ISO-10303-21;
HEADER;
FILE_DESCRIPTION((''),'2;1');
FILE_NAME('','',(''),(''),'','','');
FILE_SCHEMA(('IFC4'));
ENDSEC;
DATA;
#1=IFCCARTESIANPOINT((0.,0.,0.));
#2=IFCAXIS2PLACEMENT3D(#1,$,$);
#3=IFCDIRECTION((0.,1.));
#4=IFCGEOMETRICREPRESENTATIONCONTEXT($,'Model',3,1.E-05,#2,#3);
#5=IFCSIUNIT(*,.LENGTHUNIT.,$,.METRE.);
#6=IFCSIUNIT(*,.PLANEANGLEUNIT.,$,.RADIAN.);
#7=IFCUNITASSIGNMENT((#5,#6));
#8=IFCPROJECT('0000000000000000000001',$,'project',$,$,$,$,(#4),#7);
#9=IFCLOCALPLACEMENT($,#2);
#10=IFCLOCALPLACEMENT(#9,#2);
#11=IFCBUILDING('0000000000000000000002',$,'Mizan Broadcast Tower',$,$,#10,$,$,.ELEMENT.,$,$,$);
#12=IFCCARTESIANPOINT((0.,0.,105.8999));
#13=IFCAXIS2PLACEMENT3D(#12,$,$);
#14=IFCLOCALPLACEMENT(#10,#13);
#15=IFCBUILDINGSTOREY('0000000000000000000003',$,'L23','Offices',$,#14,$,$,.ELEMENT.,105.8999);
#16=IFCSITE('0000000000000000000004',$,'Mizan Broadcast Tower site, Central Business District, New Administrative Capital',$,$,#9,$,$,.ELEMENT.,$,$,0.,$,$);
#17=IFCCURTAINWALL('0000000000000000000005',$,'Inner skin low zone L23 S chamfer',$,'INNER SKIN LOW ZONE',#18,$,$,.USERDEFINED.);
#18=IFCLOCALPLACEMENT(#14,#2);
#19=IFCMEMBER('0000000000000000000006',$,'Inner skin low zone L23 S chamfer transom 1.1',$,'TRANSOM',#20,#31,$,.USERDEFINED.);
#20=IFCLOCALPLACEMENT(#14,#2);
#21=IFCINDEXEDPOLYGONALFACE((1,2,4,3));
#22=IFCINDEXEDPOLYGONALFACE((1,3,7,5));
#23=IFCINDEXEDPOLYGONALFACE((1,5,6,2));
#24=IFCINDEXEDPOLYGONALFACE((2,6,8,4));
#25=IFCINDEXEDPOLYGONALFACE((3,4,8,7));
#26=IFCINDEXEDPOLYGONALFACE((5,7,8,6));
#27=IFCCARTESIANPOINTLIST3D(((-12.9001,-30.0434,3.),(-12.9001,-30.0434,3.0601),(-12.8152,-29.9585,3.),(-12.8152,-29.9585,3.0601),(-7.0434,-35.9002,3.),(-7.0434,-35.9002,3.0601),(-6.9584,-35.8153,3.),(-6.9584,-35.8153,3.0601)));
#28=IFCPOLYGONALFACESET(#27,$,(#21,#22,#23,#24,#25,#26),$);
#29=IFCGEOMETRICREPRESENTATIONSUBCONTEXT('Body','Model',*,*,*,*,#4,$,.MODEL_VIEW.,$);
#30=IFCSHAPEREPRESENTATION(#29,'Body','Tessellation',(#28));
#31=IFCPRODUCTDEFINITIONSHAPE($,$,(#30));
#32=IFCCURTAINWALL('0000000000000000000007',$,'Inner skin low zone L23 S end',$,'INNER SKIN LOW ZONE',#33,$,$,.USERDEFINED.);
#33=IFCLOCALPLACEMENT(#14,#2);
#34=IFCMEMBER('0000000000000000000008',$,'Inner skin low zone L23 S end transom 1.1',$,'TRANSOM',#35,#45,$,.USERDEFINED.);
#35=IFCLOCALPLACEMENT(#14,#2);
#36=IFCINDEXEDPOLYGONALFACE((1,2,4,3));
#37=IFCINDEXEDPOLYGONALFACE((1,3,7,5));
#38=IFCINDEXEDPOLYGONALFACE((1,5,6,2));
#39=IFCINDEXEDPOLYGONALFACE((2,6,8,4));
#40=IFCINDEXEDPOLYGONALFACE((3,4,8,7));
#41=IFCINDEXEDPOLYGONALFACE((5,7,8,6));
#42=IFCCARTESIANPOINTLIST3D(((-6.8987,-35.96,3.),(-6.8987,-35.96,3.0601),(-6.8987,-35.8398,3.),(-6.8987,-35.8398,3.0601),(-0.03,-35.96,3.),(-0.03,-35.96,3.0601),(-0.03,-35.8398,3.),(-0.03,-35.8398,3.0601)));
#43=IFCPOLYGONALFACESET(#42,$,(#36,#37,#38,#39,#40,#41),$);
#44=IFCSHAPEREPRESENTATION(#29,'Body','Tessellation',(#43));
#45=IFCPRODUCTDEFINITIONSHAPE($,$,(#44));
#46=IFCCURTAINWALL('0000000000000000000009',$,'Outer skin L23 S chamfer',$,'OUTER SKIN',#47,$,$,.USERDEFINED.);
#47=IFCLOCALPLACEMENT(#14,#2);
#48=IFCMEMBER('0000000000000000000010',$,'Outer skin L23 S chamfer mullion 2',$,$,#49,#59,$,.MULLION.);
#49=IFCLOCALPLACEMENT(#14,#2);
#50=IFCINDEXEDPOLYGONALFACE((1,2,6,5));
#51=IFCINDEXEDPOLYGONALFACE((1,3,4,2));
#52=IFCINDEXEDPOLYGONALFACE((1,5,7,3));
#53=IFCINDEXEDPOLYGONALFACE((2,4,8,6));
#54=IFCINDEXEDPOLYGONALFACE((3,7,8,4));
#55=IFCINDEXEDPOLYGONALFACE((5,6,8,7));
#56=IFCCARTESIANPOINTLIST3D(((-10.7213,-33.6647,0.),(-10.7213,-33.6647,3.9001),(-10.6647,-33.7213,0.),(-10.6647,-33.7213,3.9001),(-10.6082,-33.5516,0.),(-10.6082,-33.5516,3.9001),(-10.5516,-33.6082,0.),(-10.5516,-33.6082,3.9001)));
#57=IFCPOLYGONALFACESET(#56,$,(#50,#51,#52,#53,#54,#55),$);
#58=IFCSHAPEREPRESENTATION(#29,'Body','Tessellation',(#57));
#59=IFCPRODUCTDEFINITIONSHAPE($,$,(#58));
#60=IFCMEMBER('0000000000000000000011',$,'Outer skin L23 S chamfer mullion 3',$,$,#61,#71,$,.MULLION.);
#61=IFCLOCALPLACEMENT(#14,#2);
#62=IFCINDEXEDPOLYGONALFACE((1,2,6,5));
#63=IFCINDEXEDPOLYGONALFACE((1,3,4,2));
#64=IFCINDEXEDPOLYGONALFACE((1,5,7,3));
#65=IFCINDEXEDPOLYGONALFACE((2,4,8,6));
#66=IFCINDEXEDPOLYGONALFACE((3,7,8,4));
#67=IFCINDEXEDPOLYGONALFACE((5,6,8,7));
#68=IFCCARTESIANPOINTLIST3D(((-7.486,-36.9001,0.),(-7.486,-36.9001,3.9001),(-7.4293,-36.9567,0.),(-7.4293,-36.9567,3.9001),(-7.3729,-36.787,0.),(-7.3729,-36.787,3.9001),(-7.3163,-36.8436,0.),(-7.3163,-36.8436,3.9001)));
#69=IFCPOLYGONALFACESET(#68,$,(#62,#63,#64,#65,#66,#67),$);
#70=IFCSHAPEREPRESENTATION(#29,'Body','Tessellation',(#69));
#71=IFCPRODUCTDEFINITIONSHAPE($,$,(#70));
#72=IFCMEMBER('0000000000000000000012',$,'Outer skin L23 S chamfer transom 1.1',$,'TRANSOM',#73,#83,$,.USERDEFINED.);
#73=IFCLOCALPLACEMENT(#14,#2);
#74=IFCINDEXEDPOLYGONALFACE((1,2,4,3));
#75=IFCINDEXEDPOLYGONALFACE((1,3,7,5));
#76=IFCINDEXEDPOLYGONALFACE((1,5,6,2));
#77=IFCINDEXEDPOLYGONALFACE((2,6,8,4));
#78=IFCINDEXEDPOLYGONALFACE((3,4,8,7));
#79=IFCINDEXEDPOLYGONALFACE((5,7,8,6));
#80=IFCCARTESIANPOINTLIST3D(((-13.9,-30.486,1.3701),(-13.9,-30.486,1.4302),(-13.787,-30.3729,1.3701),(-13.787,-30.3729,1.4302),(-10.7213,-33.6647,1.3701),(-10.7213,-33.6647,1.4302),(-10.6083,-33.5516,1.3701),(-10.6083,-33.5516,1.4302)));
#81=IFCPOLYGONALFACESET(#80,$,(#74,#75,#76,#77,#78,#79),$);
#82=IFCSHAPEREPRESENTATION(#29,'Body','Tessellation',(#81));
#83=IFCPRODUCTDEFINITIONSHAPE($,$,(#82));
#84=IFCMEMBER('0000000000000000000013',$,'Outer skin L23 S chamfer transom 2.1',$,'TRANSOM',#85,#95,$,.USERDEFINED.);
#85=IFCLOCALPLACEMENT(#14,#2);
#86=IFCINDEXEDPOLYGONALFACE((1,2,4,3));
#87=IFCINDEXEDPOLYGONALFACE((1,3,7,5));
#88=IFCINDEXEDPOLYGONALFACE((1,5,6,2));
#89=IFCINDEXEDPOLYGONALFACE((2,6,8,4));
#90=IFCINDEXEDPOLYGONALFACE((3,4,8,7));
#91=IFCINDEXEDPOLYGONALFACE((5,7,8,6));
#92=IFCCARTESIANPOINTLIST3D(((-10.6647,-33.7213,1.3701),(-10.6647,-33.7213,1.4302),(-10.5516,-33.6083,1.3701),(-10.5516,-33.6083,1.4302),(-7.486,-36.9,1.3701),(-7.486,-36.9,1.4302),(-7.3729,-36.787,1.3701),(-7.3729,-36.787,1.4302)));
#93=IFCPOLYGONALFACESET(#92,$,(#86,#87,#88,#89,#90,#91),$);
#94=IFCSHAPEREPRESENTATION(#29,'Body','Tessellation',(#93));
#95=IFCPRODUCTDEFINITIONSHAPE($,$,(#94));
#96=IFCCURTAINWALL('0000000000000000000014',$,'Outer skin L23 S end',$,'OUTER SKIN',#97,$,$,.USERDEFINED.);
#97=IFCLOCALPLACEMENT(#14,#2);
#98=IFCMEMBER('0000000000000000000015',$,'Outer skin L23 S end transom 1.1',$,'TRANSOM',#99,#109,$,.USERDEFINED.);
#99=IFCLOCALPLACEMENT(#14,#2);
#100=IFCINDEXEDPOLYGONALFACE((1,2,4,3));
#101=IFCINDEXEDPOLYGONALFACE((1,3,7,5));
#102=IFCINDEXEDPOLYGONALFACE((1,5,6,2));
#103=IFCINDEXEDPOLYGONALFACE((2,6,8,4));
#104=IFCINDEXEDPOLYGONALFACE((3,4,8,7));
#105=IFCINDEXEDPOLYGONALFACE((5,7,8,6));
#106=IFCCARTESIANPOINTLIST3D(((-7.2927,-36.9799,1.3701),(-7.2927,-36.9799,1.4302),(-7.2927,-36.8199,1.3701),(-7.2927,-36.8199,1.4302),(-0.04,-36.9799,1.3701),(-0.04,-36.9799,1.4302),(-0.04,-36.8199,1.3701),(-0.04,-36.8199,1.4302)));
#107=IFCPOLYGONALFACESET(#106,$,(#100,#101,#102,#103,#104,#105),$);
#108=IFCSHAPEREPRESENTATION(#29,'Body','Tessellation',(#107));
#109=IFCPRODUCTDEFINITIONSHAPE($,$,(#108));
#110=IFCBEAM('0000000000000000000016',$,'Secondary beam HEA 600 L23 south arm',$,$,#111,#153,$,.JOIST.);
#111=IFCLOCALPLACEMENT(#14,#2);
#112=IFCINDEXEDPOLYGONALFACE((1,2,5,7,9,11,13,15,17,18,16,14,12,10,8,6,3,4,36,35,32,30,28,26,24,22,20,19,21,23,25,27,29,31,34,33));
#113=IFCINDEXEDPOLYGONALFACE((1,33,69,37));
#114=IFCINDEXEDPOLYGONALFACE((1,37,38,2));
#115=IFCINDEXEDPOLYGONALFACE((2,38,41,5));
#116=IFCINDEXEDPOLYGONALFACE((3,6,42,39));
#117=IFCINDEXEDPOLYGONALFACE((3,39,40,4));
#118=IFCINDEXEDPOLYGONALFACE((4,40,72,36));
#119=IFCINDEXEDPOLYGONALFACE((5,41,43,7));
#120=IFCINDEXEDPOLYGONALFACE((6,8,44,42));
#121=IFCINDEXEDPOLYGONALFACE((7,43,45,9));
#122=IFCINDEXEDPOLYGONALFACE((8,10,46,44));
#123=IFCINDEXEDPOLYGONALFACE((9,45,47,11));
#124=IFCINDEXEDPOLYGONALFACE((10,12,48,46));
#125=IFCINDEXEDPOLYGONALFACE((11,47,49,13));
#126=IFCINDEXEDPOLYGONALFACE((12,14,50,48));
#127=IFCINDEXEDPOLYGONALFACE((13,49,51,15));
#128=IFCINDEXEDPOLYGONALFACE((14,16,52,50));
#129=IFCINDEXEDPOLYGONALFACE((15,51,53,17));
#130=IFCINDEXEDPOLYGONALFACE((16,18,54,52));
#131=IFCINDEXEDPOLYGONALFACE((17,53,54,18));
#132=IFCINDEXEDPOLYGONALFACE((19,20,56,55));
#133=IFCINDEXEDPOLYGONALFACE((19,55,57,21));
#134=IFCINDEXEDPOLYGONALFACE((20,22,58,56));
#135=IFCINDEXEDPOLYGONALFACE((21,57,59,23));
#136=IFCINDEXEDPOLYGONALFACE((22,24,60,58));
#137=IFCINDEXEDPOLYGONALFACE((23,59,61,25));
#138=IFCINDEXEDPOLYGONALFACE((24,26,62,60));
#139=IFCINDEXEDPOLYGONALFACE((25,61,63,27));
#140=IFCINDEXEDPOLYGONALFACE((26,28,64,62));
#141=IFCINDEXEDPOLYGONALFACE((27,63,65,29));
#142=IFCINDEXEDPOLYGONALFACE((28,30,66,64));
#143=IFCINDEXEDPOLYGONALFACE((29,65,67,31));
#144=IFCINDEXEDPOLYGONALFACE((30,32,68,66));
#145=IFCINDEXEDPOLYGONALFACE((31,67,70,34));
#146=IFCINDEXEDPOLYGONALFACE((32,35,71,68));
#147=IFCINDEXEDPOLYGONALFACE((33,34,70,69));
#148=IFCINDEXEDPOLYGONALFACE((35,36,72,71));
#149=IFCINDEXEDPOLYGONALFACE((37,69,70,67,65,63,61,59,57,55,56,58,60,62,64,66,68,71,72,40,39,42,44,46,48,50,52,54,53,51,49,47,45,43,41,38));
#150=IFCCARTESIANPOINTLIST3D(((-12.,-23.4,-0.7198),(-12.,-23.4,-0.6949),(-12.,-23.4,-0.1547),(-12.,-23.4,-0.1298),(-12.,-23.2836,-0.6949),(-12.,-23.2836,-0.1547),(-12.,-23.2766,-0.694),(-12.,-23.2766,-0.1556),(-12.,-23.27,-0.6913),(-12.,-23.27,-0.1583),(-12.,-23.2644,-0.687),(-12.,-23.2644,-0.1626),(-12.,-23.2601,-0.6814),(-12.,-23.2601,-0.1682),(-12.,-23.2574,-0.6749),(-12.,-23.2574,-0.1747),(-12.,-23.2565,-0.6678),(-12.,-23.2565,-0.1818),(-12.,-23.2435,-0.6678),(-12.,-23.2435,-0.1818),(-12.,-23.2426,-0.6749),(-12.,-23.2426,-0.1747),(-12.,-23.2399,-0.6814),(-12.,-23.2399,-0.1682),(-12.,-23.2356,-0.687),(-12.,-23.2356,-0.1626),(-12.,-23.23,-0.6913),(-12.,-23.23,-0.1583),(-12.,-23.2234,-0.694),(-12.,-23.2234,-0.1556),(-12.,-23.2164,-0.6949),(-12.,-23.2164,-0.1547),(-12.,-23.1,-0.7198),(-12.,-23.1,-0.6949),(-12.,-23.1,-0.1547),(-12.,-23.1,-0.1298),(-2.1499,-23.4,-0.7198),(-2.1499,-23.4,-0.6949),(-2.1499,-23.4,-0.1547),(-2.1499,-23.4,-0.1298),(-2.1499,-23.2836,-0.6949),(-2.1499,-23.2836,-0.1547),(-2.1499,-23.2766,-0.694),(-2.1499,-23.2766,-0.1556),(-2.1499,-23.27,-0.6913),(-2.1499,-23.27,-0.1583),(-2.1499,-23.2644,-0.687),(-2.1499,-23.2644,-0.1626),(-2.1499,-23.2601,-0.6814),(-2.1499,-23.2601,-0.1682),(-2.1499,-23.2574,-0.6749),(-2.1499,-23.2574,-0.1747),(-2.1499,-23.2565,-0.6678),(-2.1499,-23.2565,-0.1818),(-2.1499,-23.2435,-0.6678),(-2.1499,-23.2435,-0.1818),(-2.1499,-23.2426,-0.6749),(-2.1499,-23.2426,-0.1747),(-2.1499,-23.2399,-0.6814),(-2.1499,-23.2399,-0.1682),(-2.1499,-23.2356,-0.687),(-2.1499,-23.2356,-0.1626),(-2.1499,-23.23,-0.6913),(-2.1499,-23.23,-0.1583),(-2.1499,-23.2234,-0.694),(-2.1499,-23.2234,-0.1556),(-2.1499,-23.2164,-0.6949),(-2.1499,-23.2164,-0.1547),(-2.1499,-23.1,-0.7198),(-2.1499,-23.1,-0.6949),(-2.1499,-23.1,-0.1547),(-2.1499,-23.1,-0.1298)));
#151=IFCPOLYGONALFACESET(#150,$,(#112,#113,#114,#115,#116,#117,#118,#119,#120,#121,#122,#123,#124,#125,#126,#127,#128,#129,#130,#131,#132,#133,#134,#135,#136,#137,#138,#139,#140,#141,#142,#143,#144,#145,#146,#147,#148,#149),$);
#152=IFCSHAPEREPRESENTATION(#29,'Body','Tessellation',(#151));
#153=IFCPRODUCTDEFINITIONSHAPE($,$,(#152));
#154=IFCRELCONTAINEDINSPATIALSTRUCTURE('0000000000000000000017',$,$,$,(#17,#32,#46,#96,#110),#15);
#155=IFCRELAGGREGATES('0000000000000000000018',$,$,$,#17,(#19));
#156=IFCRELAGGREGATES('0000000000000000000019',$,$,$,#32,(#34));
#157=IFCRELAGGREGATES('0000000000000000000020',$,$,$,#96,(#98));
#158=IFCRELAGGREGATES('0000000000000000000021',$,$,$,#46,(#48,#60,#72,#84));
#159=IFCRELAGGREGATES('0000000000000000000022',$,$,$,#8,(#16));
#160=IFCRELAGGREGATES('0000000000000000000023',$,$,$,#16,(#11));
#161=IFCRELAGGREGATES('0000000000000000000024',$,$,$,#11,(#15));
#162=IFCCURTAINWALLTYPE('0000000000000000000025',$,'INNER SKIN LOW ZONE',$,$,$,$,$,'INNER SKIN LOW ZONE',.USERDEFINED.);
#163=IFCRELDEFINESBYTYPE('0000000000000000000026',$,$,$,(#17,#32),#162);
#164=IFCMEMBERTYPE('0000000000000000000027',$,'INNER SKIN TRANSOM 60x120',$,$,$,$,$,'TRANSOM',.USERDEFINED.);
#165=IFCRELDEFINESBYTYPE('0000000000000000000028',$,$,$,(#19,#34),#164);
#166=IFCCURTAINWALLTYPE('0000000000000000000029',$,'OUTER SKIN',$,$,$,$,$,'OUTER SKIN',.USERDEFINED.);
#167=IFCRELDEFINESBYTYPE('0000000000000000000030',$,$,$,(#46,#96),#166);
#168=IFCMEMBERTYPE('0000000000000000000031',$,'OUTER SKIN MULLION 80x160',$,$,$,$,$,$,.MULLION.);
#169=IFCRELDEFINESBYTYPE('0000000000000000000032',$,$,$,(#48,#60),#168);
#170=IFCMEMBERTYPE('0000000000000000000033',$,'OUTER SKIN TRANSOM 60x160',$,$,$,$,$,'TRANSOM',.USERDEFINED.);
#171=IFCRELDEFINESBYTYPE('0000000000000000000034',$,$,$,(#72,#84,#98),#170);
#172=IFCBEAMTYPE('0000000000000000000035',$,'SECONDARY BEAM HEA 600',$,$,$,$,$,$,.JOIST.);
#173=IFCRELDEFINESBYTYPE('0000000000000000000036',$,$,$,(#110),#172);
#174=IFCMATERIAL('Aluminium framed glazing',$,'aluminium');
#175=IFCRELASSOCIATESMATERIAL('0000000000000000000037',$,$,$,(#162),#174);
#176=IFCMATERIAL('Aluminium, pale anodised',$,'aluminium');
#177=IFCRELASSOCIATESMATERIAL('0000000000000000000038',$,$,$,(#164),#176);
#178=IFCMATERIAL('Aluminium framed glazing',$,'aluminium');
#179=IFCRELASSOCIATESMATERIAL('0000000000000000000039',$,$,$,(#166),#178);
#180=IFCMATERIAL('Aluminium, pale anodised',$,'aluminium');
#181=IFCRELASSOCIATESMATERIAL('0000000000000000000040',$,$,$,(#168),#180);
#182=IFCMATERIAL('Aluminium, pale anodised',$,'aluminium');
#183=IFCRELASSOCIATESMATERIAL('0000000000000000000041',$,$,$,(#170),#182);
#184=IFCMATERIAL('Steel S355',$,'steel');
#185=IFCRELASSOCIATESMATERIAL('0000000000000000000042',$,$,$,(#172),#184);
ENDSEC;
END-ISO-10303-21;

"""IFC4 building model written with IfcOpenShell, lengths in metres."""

from ifc_helpers import new_model, si_unit, direction, frame, origin, origin_2d, place, context, subcontext, project, spatial, rectangle, i_section, extrude, material, material_profile, profile_set, type_object, element, aggregate, save


model = new_model("IFC4")

# Units and contexts
model_context = context("Model", 3, precision=1e-05, world=origin(), true_north=direction((0.0, 1.0)))
body_context = subcontext(model_context, "Body", "Model", "MODEL_VIEW")
ifc_project = project(units=[si_unit("LENGTHUNIT", "METRE"), si_unit("PLANEANGLEUNIT", "RADIAN")], contexts=[model_context])

# Site, building, storey
site_placement = place(None, origin())
site = spatial("IfcSite", under=ifc_project, at=site_placement, Name="Mizan Broadcast Tower site, Central Business District, New Administrative Capital", CompositionType="ELEMENT", RefElevation=0.0)
building_placement = place(site_placement, origin())
building = spatial("IfcBuilding", under=site, at=building_placement, Name="Mizan Broadcast Tower", CompositionType="ELEMENT")
storey_placement = place(building_placement, frame((0.0, 0.0, 105.8999)))
storey = spatial("IfcBuildingStorey", under=building, at=storey_placement, Name="L23", Description="Offices", CompositionType="ELEMENT", Elevation=105.8999)

# Shared definitions
ifc_material_1 = material(Name="Aluminium framed glazing", Category="aluminium")
curtain_wall_type_1 = type_object("IfcCurtainWallType", Name="INNER SKIN LOW ZONE", ElementType="INNER SKIN LOW ZONE", PredefinedType="USERDEFINED", material=ifc_material_1)

# Curtain wall
curtain_wall_1_placement = place(storey_placement, origin())
curtain_wall_1 = element("IfcCurtainWall", 1, at=curtain_wall_1_placement, inside=storey, type_object=curtain_wall_type_1, Name="Inner skin low zone L23 S chamfer", ObjectType="INNER SKIN LOW ZONE", PredefinedType="USERDEFINED")

# Member
ifc_material_2 = material(Name="Aluminium, pale anodised", Category="aluminium")
ifc_material_profile_1 = material_profile(ifc_material_2, rectangle(XDim=0.1201, YDim=0.0601, at=origin_2d()), Name="TRANSOM 120x60")
ifc_profile_set_1 = profile_set([ifc_material_profile_1], Name="Aluminium, pale anodised")
member_type_1 = type_object("IfcMemberType", Name="INNER SKIN TRANSOM 60x120", ElementType="TRANSOM", PredefinedType="USERDEFINED", material=ifc_profile_set_1)
member_1_placement = place(storey_placement, frame((-12.8577, -30.001, 3.03), z_axis=(0.707107, -0.707107, 0.0), x_axis=(0.707107, 0.707107, 0.0)))
member_1 = element("IfcMember", 2, at=member_1_placement, type_object=member_type_1, Name="Inner skin low zone L23 S chamfer transom 1.1", ObjectType="TRANSOM", PredefinedType="USERDEFINED", context=body_context, shape_type="SweptSolid", body=[
    extrude(rectangle(XDim=0.1201, YDim=0.0601, at=origin_2d()), origin(), (0.0, 0.0, 1.0), 8.2827),
])

# Curtain wall, member
curtain_wall_2_placement = place(storey_placement, origin())
curtain_wall_2 = element("IfcCurtainWall", 3, at=curtain_wall_2_placement, inside=storey, type_object=curtain_wall_type_1, Name="Inner skin low zone L23 S end", ObjectType="INNER SKIN LOW ZONE", PredefinedType="USERDEFINED")
member_2_placement = place(storey_placement, frame((-6.8987, -35.8999, 3.03), z_axis=(1.0, 0.0, 0.0), x_axis=(0.0, 1.0, 0.0)))
member_2 = element("IfcMember", 4, at=member_2_placement, type_object=member_type_1, Name="Inner skin low zone L23 S end transom 1.1", ObjectType="TRANSOM", PredefinedType="USERDEFINED", context=body_context, shape_type="SweptSolid", body=[
    extrude(rectangle(XDim=0.1201, YDim=0.0601, at=origin_2d()), origin(), (0.0, 0.0, 1.0), 6.8687),
])

# Curtain wall, members
ifc_material_3 = material(Name="Aluminium framed glazing", Category="aluminium")
curtain_wall_type_2 = type_object("IfcCurtainWallType", Name="OUTER SKIN", ElementType="OUTER SKIN", PredefinedType="USERDEFINED", material=ifc_material_3)
curtain_wall_3_placement = place(storey_placement, origin())
curtain_wall_3 = element("IfcCurtainWall", 5, at=curtain_wall_3_placement, inside=storey, type_object=curtain_wall_type_2, Name="Outer skin L23 S chamfer", ObjectType="OUTER SKIN", PredefinedType="USERDEFINED")
ifc_material_4 = material(Name="Aluminium, pale anodised", Category="aluminium")
ifc_material_profile_2 = material_profile(ifc_material_4, rectangle(XDim=0.1599, YDim=0.0801, at=origin_2d()), Name="MULLION 160x80")
ifc_profile_set_2 = profile_set([ifc_material_profile_2], Name="Aluminium, pale anodised")
member_type_2 = type_object("IfcMemberType", Name="OUTER SKIN MULLION 80x160", PredefinedType="MULLION", material=ifc_profile_set_2)
member_3_placement = place(storey_placement, frame((-10.6365, -33.6365, 0.0), z_axis=(0.0, 0.0, 1.0), x_axis=(0.707107, 0.707107, 0.0)))
member_3 = element("IfcMember", 6, at=member_3_placement, type_object=member_type_2, Name="Outer skin L23 S chamfer mullion 2", PredefinedType="MULLION", context=body_context, shape_type="SweptSolid", body=[
    extrude(rectangle(XDim=0.1599, YDim=0.0801, at=origin_2d()), origin(), (0.0, 0.0, 1.0), 3.9001),
])
member_4_placement = place(storey_placement, frame((-7.4011, -36.8718, 0.0), z_axis=(0.0, 0.0, 1.0), x_axis=(0.707107, 0.707107, 0.0)))
member_4 = element("IfcMember", 7, at=member_4_placement, type_object=member_type_2, Name="Outer skin L23 S chamfer mullion 3", PredefinedType="MULLION", context=body_context, shape_type="SweptSolid", body=[
    extrude(rectangle(XDim=0.1599, YDim=0.0801, at=origin_2d()), origin(), (0.0, 0.0, 1.0), 3.9001),
])
ifc_material_5 = material(Name="Aluminium, pale anodised", Category="aluminium")
ifc_material_profile_3 = material_profile(ifc_material_5, rectangle(XDim=0.1599, YDim=0.0601, at=origin_2d()), Name="TRANSOM 160x60")
ifc_profile_set_3 = profile_set([ifc_material_profile_3], Name="Aluminium, pale anodised")
member_type_3 = type_object("IfcMemberType", Name="OUTER SKIN TRANSOM 60x160", ElementType="TRANSOM", PredefinedType="USERDEFINED", material=ifc_profile_set_3)
member_5_placement = place(storey_placement, frame((-13.8435, -30.4294, 1.4001), z_axis=(0.707107, -0.707107, 0.0), x_axis=(0.707107, 0.707107, 0.0)))
member_5 = element("IfcMember", 8, at=member_5_placement, type_object=member_type_3, Name="Outer skin L23 S chamfer transom 1.1", ObjectType="TRANSOM", PredefinedType="USERDEFINED", context=body_context, shape_type="SweptSolid", body=[
    extrude(rectangle(XDim=0.1599, YDim=0.0601, at=origin_2d()), origin(), (0.0, 0.0, 1.0), 4.4954),
])
member_6_placement = place(storey_placement, frame((-10.6082, -33.6648, 1.4001), z_axis=(0.707107, -0.707107, 0.0), x_axis=(0.707107, 0.707107, 0.0)))
member_6 = element("IfcMember", 9, at=member_6_placement, type_object=member_type_3, Name="Outer skin L23 S chamfer transom 2.1", ObjectType="TRANSOM", PredefinedType="USERDEFINED", context=body_context, shape_type="SweptSolid", body=[
    extrude(rectangle(XDim=0.1599, YDim=0.0601, at=origin_2d()), origin(), (0.0, 0.0, 1.0), 4.4954),
])

# Curtain wall, member
curtain_wall_4_placement = place(storey_placement, origin())
curtain_wall_4 = element("IfcCurtainWall", 10, at=curtain_wall_4_placement, inside=storey, type_object=curtain_wall_type_2, Name="Outer skin L23 S end", ObjectType="OUTER SKIN", PredefinedType="USERDEFINED")
member_7_placement = place(storey_placement, frame((-7.2927, -36.8999, 1.4001), z_axis=(1.0, 0.0, 0.0), x_axis=(0.0, 1.0, 0.0)))
member_7 = element("IfcMember", 11, at=member_7_placement, type_object=member_type_3, Name="Outer skin L23 S end transom 1.1", ObjectType="TRANSOM", PredefinedType="USERDEFINED", context=body_context, shape_type="SweptSolid", body=[
    extrude(rectangle(XDim=0.1599, YDim=0.0601, at=origin_2d()), origin(), (0.0, 0.0, 1.0), 7.2527),
])

# Beam
ifc_material_6 = material(Name="Steel S355", Category="steel")
ifc_material_profile_4 = material_profile(ifc_material_6, i_section(OverallWidth=0.3, OverallDepth=0.5901, WebThickness=0.0129, FlangeThickness=0.0249, FilletRadius=0.0271, at=origin_2d()), Name="HEA 600")
ifc_profile_set_4 = profile_set([ifc_material_profile_4], Name="Steel S355")
beam_type_1 = type_object("IfcBeamType", Name="SECONDARY BEAM HEA 600", PredefinedType="JOIST", material=ifc_profile_set_4)
beam_1_placement = place(storey_placement, frame((-12.0, -23.25, -0.4248), z_axis=(1.0, 0.0, 0.0), x_axis=(0.0, 1.0, 0.0)))
element("IfcBeam", 12, at=beam_1_placement, inside=storey, type_object=beam_type_1, Name="Secondary beam HEA 600 L23 south arm", PredefinedType="JOIST", context=body_context, shape_type="SweptSolid", body=[
    extrude(i_section(OverallWidth=0.3, OverallDepth=0.5901, WebThickness=0.0129, FlangeThickness=0.0249, FilletRadius=0.0271, at=origin_2d()), origin(), (0.0, 0.0, 1.0), 9.8501),
])

aggregate(curtain_wall_1, [member_1])
aggregate(curtain_wall_2, [member_2])
aggregate(curtain_wall_4, [member_7])
aggregate(curtain_wall_3, [member_3, member_4, member_5, member_6])

save(model, "model.ifc")
